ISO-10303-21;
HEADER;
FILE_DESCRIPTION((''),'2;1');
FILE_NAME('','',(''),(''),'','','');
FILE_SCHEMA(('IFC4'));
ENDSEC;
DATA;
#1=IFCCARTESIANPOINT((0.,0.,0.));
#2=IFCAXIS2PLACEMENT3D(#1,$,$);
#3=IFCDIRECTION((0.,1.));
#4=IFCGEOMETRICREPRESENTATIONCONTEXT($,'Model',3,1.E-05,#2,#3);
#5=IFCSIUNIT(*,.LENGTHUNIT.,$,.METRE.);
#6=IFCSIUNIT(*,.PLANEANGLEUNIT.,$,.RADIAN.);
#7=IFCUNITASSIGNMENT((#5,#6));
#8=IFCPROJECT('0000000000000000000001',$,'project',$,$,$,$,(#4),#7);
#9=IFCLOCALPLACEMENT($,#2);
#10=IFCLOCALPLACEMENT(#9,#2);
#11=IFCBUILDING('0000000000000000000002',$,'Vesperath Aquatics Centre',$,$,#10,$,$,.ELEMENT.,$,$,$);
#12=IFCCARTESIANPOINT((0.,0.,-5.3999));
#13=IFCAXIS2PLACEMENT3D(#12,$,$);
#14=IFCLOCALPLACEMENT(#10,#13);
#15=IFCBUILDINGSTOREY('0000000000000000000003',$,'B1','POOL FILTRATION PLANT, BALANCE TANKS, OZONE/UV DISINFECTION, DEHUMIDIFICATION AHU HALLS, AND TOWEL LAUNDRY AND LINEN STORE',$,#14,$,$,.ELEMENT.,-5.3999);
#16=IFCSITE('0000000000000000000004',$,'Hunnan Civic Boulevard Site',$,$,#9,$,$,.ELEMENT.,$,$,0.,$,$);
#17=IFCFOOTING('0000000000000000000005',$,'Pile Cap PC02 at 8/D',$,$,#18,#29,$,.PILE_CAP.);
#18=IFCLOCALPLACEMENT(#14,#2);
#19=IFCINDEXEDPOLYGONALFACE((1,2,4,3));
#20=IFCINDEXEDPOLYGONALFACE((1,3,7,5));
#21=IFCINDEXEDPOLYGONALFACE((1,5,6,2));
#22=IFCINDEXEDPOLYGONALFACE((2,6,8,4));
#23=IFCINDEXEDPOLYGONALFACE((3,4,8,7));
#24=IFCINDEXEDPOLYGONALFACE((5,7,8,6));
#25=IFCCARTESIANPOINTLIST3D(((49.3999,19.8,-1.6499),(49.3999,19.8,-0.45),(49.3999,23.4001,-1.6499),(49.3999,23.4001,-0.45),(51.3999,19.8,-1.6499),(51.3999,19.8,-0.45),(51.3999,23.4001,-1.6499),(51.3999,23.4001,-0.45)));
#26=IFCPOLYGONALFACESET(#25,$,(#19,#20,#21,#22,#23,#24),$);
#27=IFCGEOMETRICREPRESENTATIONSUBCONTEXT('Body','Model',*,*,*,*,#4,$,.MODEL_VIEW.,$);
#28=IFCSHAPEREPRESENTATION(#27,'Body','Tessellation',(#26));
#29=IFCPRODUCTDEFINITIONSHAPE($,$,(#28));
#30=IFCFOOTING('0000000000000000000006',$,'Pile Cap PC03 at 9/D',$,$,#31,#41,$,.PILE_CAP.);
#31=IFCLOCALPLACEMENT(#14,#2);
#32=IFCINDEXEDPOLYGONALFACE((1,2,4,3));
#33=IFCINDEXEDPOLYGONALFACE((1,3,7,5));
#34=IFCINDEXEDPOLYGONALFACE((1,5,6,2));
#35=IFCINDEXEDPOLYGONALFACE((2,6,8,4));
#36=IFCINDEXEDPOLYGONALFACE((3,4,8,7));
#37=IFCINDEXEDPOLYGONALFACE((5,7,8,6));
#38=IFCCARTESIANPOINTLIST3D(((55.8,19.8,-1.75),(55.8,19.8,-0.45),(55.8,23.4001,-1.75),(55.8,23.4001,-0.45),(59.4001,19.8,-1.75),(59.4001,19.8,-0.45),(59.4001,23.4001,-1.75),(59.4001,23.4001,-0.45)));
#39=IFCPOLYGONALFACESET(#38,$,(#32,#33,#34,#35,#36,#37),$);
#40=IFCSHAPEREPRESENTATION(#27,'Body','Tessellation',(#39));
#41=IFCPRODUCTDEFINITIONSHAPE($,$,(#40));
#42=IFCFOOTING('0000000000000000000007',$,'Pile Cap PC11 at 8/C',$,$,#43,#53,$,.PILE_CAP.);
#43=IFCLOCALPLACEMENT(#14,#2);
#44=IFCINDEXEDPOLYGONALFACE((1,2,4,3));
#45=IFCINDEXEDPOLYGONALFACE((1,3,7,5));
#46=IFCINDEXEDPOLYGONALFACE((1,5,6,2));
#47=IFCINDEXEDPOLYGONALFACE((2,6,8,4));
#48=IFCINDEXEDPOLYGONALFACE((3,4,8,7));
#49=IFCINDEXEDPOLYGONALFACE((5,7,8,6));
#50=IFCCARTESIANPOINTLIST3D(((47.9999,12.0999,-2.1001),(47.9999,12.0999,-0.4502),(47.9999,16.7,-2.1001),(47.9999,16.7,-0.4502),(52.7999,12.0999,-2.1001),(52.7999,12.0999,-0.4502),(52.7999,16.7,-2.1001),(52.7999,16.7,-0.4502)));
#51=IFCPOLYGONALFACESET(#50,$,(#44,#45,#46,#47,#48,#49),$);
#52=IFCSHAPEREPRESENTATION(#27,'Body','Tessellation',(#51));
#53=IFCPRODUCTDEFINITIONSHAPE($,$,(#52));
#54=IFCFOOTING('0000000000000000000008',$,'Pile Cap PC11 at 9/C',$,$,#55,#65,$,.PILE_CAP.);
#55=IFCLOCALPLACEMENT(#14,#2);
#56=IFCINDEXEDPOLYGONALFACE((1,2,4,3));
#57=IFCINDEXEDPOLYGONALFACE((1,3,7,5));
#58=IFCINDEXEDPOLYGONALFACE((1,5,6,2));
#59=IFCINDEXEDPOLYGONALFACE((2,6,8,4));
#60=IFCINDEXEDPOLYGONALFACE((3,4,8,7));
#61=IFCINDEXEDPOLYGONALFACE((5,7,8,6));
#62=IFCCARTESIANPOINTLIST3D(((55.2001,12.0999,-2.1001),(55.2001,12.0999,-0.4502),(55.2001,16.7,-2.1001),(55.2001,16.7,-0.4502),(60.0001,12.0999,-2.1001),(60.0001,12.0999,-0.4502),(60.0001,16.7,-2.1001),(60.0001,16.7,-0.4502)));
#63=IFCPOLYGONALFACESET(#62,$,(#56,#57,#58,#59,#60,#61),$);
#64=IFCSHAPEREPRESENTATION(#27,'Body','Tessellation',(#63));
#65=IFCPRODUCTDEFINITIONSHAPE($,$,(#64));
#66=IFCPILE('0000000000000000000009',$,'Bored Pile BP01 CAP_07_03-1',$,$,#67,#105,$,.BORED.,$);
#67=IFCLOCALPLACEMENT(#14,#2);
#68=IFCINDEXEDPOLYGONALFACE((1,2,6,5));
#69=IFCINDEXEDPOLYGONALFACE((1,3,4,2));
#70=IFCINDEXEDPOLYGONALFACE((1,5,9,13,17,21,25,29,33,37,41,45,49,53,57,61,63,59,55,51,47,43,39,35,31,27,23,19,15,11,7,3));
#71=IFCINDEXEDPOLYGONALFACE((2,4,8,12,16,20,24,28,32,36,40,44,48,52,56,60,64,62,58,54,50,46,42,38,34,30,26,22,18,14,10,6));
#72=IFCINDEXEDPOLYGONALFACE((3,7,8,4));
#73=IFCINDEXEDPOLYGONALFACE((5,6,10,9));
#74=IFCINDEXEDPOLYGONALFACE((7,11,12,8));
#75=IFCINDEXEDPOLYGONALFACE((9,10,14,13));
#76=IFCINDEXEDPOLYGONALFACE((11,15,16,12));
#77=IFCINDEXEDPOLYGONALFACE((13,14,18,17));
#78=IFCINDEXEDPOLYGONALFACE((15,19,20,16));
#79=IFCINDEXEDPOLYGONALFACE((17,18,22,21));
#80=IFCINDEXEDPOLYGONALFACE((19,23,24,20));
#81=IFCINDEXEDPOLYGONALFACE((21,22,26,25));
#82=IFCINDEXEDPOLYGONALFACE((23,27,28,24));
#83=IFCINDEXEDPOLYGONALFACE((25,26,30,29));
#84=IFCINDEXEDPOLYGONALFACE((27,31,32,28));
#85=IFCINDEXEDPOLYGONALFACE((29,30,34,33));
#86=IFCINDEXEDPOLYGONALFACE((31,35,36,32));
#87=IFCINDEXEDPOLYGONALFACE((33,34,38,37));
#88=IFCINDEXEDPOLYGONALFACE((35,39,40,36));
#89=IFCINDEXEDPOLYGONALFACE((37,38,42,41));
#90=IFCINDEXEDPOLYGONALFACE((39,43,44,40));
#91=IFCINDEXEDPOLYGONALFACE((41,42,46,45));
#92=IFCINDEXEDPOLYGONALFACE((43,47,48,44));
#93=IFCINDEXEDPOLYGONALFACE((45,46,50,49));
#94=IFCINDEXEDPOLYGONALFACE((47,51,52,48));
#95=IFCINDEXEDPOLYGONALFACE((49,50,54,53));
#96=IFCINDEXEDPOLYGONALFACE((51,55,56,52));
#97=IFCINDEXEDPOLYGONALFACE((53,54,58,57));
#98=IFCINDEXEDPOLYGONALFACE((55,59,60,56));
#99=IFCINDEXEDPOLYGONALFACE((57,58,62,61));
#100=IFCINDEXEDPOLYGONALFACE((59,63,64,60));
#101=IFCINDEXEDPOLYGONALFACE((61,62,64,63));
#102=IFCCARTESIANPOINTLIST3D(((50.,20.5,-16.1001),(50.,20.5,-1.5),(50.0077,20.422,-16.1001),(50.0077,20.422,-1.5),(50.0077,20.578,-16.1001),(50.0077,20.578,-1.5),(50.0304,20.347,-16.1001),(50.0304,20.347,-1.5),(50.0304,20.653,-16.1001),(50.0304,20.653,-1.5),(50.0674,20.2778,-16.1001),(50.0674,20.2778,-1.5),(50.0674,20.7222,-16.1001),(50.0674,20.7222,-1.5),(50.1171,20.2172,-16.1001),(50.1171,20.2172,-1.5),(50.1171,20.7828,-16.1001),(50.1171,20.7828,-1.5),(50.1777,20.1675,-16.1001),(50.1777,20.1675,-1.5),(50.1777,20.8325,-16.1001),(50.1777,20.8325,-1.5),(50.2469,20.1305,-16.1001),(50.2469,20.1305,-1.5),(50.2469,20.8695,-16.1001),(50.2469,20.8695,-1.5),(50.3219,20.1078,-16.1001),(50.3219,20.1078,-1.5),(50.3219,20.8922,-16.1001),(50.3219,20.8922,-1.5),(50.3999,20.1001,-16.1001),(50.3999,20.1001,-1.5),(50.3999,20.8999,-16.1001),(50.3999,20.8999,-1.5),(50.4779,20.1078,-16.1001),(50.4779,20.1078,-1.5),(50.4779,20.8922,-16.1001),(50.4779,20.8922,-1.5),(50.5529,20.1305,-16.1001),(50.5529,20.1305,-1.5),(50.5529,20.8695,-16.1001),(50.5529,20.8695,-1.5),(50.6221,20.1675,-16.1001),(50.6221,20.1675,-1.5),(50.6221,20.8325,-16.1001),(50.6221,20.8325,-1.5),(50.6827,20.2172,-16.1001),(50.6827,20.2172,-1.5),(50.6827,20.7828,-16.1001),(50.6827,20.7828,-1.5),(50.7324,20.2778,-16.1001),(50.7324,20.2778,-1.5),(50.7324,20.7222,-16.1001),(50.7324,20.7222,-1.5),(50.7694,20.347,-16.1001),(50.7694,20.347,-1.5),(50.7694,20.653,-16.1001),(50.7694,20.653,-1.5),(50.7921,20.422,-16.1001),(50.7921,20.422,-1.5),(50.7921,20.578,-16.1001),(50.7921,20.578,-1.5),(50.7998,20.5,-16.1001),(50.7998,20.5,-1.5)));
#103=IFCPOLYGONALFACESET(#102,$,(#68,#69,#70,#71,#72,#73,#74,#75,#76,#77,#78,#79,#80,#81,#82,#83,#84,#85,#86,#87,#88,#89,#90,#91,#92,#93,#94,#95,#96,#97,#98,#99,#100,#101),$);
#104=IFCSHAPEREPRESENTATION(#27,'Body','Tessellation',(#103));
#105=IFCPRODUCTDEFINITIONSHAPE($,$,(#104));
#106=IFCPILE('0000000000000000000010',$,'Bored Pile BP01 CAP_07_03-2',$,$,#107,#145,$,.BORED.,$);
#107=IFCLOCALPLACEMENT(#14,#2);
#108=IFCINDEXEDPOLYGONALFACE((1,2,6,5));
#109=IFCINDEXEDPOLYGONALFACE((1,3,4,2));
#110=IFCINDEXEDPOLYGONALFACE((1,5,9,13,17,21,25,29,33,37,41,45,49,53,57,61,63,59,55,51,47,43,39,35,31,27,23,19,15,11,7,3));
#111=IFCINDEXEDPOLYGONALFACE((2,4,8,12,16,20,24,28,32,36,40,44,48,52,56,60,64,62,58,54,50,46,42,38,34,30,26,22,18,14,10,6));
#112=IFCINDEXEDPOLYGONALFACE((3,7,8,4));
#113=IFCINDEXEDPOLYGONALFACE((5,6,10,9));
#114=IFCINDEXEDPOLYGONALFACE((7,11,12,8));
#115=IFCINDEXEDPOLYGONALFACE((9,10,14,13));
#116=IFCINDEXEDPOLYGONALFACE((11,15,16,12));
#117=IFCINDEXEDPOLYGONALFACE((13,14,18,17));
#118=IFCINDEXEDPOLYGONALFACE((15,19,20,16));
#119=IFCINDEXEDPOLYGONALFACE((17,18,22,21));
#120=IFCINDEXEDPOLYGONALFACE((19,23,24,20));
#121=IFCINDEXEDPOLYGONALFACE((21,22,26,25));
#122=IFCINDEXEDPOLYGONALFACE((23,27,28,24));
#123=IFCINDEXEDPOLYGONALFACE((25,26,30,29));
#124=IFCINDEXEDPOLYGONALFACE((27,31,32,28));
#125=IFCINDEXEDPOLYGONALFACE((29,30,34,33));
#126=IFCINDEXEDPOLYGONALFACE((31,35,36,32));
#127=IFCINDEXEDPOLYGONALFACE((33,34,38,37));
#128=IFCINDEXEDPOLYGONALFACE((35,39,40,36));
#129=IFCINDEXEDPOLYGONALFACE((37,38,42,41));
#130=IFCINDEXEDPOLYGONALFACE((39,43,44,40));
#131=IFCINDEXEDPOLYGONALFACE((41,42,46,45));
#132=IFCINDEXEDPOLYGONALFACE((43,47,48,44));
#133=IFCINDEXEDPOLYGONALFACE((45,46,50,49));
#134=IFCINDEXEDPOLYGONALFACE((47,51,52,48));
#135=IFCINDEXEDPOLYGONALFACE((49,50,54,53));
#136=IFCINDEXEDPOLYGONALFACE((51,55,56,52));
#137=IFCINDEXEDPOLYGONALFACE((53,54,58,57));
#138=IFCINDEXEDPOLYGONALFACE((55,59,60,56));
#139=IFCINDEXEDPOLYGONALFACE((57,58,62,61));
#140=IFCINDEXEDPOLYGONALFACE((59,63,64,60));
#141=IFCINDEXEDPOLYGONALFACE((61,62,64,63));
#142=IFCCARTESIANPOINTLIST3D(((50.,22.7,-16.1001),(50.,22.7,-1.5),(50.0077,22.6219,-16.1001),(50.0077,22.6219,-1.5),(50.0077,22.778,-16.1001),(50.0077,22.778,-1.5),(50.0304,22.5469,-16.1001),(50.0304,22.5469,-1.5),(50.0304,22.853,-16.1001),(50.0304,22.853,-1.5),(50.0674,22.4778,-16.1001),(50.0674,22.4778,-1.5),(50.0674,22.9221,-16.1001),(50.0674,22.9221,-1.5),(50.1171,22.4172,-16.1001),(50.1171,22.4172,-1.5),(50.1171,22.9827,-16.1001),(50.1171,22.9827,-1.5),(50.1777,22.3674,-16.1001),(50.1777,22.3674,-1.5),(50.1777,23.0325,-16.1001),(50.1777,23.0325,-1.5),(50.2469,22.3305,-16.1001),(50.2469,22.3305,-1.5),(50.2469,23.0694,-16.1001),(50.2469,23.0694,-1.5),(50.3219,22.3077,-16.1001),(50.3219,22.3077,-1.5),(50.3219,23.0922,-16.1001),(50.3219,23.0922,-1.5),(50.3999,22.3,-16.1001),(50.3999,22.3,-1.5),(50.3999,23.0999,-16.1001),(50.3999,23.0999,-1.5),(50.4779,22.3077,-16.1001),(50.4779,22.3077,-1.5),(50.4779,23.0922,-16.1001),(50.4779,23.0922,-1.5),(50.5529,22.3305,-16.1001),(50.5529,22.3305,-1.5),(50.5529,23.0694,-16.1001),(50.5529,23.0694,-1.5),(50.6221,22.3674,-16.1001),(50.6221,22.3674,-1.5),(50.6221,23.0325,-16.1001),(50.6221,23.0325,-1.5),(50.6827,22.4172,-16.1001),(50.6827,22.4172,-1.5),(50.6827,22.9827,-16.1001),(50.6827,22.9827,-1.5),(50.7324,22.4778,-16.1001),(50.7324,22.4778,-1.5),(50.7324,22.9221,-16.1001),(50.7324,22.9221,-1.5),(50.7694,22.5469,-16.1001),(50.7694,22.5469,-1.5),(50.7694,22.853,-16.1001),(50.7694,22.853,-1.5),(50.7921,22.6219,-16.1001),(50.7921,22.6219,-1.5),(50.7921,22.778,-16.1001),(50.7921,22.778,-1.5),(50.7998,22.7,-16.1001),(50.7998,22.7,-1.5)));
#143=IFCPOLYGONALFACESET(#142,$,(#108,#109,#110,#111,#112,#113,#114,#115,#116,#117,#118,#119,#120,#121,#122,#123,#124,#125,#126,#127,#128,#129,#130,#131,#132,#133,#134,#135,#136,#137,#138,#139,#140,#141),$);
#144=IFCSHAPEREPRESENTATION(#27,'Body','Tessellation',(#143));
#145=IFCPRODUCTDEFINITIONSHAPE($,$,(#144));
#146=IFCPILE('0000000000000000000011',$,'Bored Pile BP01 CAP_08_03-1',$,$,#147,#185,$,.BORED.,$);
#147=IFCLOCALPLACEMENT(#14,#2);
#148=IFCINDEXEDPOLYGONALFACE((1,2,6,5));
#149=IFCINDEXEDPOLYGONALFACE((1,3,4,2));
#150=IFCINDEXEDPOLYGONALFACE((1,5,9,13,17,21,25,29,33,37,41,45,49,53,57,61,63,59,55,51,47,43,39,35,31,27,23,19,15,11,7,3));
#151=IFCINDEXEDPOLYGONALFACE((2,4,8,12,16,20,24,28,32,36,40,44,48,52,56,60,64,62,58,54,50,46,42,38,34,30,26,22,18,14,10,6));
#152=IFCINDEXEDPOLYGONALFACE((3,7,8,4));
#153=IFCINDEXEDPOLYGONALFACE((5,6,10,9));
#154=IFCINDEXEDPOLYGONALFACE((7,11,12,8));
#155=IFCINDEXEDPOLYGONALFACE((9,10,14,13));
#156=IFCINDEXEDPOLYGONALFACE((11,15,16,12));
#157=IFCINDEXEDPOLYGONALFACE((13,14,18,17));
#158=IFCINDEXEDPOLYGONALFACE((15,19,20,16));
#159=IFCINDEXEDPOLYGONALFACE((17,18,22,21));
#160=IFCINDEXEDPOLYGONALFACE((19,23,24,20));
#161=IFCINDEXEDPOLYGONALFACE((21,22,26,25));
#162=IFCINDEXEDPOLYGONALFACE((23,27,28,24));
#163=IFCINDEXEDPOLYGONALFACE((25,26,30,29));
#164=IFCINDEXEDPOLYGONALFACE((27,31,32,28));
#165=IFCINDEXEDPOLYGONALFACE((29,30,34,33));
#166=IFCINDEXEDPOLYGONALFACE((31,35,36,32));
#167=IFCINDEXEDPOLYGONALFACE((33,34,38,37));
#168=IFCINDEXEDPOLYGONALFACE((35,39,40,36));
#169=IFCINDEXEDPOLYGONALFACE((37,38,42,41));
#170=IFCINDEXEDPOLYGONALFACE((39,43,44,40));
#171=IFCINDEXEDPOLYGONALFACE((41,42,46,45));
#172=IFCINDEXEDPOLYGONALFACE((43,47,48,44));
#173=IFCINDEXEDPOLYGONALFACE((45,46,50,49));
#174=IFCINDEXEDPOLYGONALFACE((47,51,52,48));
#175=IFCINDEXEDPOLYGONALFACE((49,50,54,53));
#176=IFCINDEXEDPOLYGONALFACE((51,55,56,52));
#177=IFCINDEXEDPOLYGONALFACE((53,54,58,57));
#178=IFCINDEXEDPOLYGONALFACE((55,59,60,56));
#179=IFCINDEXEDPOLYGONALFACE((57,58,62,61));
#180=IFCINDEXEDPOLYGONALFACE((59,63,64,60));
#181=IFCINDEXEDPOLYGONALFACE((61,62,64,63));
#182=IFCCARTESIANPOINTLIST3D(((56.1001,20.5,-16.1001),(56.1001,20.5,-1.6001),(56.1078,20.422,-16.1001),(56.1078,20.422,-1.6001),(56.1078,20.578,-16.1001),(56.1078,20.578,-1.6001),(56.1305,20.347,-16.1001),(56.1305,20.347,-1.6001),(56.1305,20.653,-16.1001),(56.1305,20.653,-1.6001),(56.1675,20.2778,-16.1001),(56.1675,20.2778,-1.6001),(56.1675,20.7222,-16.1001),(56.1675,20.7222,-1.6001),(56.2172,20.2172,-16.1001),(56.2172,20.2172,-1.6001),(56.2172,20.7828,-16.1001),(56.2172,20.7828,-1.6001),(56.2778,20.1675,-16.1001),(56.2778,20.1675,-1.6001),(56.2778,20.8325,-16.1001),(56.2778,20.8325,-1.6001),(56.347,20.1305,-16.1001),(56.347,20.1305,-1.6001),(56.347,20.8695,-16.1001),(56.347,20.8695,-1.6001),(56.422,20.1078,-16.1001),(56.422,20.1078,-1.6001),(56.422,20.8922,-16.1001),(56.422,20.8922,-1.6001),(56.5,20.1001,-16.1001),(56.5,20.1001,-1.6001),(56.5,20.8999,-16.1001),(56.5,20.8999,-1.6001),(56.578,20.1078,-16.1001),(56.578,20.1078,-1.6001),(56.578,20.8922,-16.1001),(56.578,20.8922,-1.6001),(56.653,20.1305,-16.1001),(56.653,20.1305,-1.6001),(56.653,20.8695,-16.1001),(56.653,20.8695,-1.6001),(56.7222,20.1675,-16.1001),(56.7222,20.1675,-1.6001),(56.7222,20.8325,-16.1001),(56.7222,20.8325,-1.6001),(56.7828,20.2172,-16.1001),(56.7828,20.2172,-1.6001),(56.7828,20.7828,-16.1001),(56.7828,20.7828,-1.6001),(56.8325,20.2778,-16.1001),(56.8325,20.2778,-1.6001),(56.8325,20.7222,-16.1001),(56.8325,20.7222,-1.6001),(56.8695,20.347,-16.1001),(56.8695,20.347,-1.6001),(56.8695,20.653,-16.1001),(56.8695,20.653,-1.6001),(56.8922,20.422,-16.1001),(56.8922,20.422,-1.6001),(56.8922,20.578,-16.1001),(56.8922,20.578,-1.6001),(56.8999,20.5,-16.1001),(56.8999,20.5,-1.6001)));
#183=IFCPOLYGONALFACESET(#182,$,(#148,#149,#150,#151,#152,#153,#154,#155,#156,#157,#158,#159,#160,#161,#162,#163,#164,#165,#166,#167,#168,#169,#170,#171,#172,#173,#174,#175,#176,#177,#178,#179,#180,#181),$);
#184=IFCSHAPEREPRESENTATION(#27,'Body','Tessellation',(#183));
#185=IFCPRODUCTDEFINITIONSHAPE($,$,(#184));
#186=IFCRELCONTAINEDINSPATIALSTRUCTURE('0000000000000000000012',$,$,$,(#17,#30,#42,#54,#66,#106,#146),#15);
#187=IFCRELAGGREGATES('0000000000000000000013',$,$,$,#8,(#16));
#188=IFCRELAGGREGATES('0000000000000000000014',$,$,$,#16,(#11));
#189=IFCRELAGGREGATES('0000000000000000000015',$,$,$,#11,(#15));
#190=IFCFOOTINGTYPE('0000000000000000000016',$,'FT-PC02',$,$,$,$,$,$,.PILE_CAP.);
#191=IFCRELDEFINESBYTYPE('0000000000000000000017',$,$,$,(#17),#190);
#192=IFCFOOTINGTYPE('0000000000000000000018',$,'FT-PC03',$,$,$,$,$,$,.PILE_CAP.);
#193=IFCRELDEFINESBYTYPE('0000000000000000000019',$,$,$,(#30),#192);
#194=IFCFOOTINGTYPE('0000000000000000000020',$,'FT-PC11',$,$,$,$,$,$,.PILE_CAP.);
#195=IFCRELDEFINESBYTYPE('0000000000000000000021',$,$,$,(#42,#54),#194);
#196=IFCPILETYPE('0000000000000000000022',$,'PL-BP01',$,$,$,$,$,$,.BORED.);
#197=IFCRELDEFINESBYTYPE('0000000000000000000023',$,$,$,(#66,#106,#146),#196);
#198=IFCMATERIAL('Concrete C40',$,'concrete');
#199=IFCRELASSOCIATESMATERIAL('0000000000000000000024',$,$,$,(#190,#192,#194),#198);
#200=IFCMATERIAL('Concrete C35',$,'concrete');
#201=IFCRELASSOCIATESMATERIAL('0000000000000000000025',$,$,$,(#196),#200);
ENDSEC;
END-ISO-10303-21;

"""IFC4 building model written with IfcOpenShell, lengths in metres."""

from ifc_helpers import new_model, si_unit, direction, frame, origin, origin_2d, place, context, subcontext, project, spatial, rectangle, circle, extrude, material, material_profile, profile_set, type_object, element, save


model = new_model("IFC4")

# Units and contexts
model_context = context("Model", 3, precision=1e-05, world=origin(), true_north=direction((0.0, 1.0)))
body_context = subcontext(model_context, "Body", "Model", "MODEL_VIEW")
ifc_project = project(units=[si_unit("LENGTHUNIT", "METRE"), si_unit("PLANEANGLEUNIT", "RADIAN")], contexts=[model_context])

# Site, building, storey
site_placement = place(None, origin())
site = spatial("IfcSite", under=ifc_project, at=site_placement, Name="Hunnan Civic Boulevard Site", CompositionType="ELEMENT", RefElevation=0.0)
building_placement = place(site_placement, origin())
building = spatial("IfcBuilding", under=site, at=building_placement, Name="Vesperath Aquatics Centre", CompositionType="ELEMENT")
storey_placement = place(building_placement, frame((0.0, 0.0, -5.3999)))
storey = spatial("IfcBuildingStorey", under=building, at=storey_placement, Name="B1", Description="POOL FILTRATION PLANT, BALANCE TANKS, OZONE/UV DISINFECTION, DEHUMIDIFICATION AHU HALLS, AND TOWEL LAUNDRY AND LINEN STORE", CompositionType="ELEMENT", Elevation=-5.3999)

# Footings
ifc_material_1 = material(Name="Concrete C40", Category="concrete")
footing_type_1 = type_object("IfcFootingType", Name="FT-PC02", PredefinedType="PILE_CAP", material=ifc_material_1)
footing_1_placement = place(storey_placement, frame((50.3999, 21.6001, -1.6499), z_axis=(0.0, 0.0, 1.0), x_axis=(1.0, 0.0, 0.0)))
element("IfcFooting", 1, at=footing_1_placement, inside=storey, type_object=footing_type_1, Name="Pile Cap PC02 at 8/D", PredefinedType="PILE_CAP", context=body_context, shape_type="SweptSolid", body=[
    extrude(rectangle(XDim=2.0, YDim=3.6001, at=origin_2d()), origin(), (0.0, 0.0, 1.0), 1.2),
])
footing_type_2 = type_object("IfcFootingType", Name="FT-PC03", PredefinedType="PILE_CAP", material=ifc_material_1)
footing_2_placement = place(storey_placement, frame((57.6001, 21.6001, -1.75), z_axis=(0.0, 0.0, 1.0), x_axis=(1.0, 0.0, 0.0)))
element("IfcFooting", 2, at=footing_2_placement, inside=storey, type_object=footing_type_2, Name="Pile Cap PC03 at 9/D", PredefinedType="PILE_CAP", context=body_context, shape_type="SweptSolid", body=[
    extrude(rectangle(XDim=3.6001, YDim=3.6001, at=origin_2d()), origin(), (0.0, 0.0, 1.0), 1.3),
])
footing_type_3 = type_object("IfcFootingType", Name="FT-PC11", PredefinedType="PILE_CAP", material=ifc_material_1)
for number, where, z_axis, x_axis, name in (
    (3, (50.3999, 14.3999, -2.1001), (0.0, 0.0, 1.0), (1.0, 0.0, 0.0), "Pile Cap PC11 at 8/C"),
    (4, (57.6001, 14.3999, -2.1001), (0.0, 0.0, 1.0), (1.0, 0.0, 0.0), "Pile Cap PC11 at 9/C"),
):
    element("IfcFooting", number, at=place(storey_placement, frame(where, z_axis=z_axis, x_axis=x_axis)), inside=storey, type_object=footing_type_3, Name=name, PredefinedType="PILE_CAP", context=body_context, shape_type="SweptSolid", body=[
        extrude(rectangle(XDim=4.8, YDim=4.6001, at=origin_2d()), origin(), (0.0, 0.0, 1.0), 1.6499),
    ])

# Piles
ifc_material_2 = material(Name="Concrete C35", Category="concrete")
ifc_material_profile_1 = material_profile(ifc_material_2, circle(Radius=0.3999, at=origin_2d()), Name="PILE D800")
ifc_profile_set_1 = profile_set([ifc_material_profile_1], Name="Concrete C35")
pile_type_1 = type_object("IfcPileType", Name="PL-BP01", PredefinedType="BORED", material=ifc_profile_set_1)
for number, where, z_axis, x_axis, name in (
    (5, (50.3999, 20.5, -1.5), (0.0, 0.0, -1.0), (1.0, 0.0, 0.0), "Bored Pile BP01 CAP_07_03-1"),
    (6, (50.3999, 22.7, -1.5), (0.0, 0.0, -1.0), (1.0, 0.0, 0.0), "Bored Pile BP01 CAP_07_03-2"),
):
    element("IfcPile", number, at=place(storey_placement, frame(where, z_axis=z_axis, x_axis=x_axis)), inside=storey, type_object=pile_type_1, Name=name, PredefinedType="BORED", context=body_context, shape_type="SweptSolid", body=[
        extrude(circle(Radius=0.3999, at=origin_2d()), origin(), (0.0, 0.0, 1.0), 14.6001),
    ])
for number, where, z_axis, x_axis, name in (
    (7, (56.5, 20.5, -1.6001), (0.0, 0.0, -1.0), (1.0, 0.0, 0.0), "Bored Pile BP01 CAP_08_03-1"),
):
    element("IfcPile", number, at=place(storey_placement, frame(where, z_axis=z_axis, x_axis=x_axis)), inside=storey, type_object=pile_type_1, Name=name, PredefinedType="BORED", context=body_context, shape_type="SweptSolid", body=[
        extrude(circle(Radius=0.3999, at=origin_2d()), origin(), (0.0, 0.0, 1.0), 14.5),
    ])

save(model, "model.ifc")
